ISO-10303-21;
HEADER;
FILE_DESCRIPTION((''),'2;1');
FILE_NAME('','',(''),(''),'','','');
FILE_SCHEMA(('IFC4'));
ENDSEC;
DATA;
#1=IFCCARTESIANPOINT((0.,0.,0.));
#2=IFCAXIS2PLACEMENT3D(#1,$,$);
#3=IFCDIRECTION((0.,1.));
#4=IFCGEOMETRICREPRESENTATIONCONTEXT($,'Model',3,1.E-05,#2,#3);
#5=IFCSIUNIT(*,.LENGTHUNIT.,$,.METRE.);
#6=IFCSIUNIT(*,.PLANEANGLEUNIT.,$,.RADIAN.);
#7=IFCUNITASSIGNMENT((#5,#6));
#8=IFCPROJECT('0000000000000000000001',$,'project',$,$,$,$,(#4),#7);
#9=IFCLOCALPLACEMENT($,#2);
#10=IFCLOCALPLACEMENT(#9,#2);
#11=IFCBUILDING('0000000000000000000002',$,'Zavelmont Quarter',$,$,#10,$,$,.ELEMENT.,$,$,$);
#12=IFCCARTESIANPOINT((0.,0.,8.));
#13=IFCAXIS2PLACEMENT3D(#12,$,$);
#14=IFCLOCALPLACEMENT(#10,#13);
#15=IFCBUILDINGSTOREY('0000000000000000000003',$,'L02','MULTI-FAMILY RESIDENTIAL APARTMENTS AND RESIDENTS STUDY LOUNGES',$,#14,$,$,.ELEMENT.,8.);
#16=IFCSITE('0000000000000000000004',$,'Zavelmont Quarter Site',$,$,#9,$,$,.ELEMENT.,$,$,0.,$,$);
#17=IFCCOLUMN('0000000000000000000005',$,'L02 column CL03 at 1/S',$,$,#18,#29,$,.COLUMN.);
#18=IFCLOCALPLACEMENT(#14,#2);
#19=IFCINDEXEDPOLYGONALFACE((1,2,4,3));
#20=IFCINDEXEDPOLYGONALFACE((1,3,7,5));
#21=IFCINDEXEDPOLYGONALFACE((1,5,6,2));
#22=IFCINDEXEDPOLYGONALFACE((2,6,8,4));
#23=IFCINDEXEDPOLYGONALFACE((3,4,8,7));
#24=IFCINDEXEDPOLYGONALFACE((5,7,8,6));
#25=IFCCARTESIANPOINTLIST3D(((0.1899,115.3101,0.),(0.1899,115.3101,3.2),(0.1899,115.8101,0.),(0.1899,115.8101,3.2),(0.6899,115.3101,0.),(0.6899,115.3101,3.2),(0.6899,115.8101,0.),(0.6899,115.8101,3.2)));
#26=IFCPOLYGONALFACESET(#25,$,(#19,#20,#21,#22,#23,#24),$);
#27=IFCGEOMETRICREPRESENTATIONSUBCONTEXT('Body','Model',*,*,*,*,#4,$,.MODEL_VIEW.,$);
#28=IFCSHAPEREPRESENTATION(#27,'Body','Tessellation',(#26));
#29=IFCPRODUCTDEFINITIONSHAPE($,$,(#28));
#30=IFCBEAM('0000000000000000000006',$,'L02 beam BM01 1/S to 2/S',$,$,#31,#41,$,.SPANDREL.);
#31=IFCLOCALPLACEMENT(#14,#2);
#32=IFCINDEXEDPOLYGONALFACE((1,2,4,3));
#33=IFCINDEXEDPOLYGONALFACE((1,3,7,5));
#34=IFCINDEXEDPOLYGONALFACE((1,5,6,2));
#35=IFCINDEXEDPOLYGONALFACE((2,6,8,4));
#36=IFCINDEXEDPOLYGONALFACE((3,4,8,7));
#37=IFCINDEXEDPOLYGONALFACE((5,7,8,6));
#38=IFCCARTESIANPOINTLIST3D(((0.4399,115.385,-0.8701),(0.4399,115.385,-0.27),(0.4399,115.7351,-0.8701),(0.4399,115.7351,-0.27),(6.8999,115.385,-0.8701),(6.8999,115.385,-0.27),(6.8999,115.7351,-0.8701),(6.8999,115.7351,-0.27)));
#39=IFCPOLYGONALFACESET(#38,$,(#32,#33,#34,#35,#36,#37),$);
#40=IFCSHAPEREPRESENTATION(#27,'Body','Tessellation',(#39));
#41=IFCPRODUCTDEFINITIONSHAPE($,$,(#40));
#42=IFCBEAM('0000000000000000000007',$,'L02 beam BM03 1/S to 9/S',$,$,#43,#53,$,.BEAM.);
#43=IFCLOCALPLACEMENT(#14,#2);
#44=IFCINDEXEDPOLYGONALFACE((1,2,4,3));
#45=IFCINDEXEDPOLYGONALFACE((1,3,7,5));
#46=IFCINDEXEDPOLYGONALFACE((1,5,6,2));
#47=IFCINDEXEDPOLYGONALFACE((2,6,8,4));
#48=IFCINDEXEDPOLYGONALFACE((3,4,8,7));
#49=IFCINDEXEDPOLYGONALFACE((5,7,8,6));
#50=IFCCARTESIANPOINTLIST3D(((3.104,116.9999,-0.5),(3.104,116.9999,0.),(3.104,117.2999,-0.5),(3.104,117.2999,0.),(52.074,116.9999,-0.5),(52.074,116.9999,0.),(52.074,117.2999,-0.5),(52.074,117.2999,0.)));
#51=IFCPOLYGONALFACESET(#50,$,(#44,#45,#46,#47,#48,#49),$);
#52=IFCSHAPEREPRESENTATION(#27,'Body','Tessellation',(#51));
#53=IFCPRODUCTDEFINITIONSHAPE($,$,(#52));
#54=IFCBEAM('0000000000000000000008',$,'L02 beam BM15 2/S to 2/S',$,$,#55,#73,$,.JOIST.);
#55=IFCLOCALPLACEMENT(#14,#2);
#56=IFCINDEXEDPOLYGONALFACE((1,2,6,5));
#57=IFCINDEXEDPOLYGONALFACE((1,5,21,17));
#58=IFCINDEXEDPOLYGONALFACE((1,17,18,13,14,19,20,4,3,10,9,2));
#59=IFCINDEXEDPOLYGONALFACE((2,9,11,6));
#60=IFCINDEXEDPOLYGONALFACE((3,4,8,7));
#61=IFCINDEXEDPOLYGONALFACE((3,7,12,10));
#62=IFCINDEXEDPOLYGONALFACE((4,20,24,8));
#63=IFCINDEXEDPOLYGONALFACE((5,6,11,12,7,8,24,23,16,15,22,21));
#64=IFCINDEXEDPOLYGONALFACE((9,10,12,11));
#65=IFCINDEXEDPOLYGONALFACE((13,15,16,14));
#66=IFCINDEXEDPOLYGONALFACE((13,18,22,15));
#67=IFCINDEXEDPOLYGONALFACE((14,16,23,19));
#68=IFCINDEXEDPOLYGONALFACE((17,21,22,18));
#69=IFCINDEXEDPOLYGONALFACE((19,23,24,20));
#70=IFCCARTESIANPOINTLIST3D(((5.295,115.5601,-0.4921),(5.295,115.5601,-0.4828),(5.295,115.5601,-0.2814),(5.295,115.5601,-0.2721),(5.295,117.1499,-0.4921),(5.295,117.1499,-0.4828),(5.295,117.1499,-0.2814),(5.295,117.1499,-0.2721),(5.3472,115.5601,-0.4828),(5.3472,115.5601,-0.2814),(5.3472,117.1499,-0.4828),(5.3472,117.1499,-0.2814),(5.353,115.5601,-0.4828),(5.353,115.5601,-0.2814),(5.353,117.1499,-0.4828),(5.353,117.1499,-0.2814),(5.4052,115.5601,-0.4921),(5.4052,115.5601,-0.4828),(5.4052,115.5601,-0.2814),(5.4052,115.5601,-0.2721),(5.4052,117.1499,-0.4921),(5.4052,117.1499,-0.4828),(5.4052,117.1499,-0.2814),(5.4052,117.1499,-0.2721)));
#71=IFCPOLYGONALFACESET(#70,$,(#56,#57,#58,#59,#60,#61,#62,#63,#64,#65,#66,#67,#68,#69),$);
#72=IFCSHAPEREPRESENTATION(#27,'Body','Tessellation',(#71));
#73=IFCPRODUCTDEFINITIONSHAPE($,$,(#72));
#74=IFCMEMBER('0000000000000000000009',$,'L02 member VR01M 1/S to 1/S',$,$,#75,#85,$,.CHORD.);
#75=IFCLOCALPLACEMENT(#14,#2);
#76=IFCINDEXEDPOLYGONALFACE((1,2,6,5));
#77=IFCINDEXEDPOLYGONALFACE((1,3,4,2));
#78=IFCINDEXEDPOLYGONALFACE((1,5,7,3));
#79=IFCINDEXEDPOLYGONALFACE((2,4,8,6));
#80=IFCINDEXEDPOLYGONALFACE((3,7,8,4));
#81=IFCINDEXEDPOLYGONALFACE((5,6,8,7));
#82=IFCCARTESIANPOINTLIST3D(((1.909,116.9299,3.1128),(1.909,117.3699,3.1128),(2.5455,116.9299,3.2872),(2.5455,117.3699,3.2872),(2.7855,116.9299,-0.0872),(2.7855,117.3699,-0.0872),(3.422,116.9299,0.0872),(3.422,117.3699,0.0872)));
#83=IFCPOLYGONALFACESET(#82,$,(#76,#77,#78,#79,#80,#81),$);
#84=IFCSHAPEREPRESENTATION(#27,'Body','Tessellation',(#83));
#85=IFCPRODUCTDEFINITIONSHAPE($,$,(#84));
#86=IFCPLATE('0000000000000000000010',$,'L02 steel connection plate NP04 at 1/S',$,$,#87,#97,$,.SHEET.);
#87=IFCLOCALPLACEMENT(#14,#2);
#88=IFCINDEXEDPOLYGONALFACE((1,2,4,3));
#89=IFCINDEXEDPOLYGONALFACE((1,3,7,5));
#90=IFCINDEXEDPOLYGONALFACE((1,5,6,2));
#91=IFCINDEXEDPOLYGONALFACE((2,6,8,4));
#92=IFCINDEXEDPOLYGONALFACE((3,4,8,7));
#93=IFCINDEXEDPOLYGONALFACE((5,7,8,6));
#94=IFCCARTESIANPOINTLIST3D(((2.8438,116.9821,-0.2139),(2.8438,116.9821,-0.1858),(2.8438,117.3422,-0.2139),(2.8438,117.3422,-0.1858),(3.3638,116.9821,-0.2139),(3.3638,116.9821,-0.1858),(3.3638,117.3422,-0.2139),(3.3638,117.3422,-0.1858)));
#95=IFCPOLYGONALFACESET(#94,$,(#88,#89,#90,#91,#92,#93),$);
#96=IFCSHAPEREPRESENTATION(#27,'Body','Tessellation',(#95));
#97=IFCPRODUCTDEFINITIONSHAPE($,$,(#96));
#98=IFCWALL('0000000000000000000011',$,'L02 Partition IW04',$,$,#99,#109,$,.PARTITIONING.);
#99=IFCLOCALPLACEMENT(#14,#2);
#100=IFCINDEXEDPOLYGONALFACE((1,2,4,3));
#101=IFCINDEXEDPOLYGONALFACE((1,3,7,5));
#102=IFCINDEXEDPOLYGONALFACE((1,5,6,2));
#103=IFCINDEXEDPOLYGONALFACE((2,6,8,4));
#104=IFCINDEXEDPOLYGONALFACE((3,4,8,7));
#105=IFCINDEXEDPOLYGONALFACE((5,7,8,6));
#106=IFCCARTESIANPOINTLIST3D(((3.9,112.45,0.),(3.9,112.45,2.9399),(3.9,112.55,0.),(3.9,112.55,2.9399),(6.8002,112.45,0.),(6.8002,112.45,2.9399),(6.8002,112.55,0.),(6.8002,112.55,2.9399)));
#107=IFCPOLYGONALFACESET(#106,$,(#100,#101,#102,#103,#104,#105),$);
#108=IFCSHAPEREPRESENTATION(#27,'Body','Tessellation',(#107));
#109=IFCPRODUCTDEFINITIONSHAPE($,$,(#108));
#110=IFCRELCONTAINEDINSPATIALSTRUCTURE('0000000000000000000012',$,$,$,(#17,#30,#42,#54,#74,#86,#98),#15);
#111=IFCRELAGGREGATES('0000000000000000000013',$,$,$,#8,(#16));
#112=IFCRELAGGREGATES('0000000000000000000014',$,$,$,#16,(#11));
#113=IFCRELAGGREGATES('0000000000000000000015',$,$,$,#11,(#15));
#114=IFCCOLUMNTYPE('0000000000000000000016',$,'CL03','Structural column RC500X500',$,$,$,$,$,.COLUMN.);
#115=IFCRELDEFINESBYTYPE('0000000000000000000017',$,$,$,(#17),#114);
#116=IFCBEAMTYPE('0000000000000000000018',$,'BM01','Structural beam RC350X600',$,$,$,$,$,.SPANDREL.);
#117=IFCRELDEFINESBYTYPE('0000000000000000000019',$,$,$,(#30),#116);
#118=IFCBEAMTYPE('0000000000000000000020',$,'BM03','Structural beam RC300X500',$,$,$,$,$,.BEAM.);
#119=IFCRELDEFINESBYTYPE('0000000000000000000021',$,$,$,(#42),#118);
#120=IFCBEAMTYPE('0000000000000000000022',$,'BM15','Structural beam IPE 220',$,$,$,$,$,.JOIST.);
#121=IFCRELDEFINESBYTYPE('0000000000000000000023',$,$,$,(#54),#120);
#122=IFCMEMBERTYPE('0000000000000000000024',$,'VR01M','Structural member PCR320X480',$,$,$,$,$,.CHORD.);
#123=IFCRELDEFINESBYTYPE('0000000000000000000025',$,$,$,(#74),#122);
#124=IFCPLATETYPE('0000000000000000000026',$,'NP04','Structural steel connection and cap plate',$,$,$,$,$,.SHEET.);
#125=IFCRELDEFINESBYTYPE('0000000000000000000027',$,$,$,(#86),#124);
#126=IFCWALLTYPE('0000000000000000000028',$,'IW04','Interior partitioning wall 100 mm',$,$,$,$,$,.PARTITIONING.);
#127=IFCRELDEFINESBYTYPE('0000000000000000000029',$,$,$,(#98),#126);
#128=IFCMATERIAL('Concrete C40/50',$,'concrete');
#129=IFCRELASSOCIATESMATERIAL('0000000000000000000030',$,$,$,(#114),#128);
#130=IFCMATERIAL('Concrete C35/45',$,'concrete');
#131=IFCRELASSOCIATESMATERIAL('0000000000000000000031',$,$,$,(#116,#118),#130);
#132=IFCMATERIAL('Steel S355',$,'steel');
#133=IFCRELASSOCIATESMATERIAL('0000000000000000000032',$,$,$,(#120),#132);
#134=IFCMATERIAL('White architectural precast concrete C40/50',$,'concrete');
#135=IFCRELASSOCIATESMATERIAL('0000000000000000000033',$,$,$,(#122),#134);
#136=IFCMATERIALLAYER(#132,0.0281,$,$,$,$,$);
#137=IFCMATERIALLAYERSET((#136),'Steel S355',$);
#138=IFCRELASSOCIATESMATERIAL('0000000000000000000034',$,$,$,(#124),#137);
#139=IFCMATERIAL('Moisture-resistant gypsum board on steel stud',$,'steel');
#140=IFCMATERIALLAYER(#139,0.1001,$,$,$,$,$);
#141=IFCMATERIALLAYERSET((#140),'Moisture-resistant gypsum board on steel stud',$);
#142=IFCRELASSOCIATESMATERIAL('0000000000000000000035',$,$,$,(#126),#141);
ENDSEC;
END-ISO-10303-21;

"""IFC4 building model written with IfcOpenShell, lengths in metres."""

from ifc_helpers import new_model, si_unit, direction, frame, frame_2d, origin, origin_2d, place, context, subcontext, project, spatial, rectangle, i_section, extrude, material, layer, layer_set, material_profile, profile_set, type_object, element, save


model = new_model("IFC4")

# Units and contexts
model_context = context("Model", 3, precision=1e-05, world=origin(), true_north=direction((0.0, 1.0)))
body_context = subcontext(model_context, "Body", "Model", "MODEL_VIEW")
ifc_project = project(units=[si_unit("LENGTHUNIT", "METRE"), si_unit("PLANEANGLEUNIT", "RADIAN")], contexts=[model_context])

# Site, building, storey
site_placement = place(None, origin())
site = spatial("IfcSite", under=ifc_project, at=site_placement, Name="Zavelmont Quarter Site", CompositionType="ELEMENT", RefElevation=0.0)
building_placement = place(site_placement, origin())
building = spatial("IfcBuilding", under=site, at=building_placement, Name="Zavelmont Quarter", CompositionType="ELEMENT")
storey_placement = place(building_placement, frame((0.0, 0.0, 8.0)))
storey = spatial("IfcBuildingStorey", under=building, at=storey_placement, Name="L02", Description="MULTI-FAMILY RESIDENTIAL APARTMENTS AND RESIDENTS STUDY LOUNGES", CompositionType="ELEMENT", Elevation=8.0)

# Column
ifc_material_1 = material(Name="Concrete C40/50", Category="concrete")
ifc_material_profile_1 = material_profile(ifc_material_1, rectangle(XDim=0.5, YDim=0.5, at=origin_2d()), Name="RC500X500")
ifc_profile_set_1 = profile_set([ifc_material_profile_1], Name="Concrete C40/50")
column_type = type_object("IfcColumnType", Name="CL03", Description="Structural column RC500X500", PredefinedType="COLUMN", material=ifc_profile_set_1)
column_placement = place(storey_placement, frame((0.4399, 115.5601, 0.0), z_axis=(0.0, 0.0, 1.0), x_axis=(1.0, 0.0, 0.0)))
element("IfcColumn", 1, at=column_placement, inside=storey, type_object=column_type, Name="L02 column CL03 at 1/S", PredefinedType="COLUMN", context=body_context, shape_type="SweptSolid", body=[
    extrude(rectangle(XDim=0.5, YDim=0.5, at=origin_2d()), origin(), (0.0, 0.0, 1.0), 3.2),
])

# Beams
ifc_material_2 = material(Name="Concrete C35/45", Category="concrete")
ifc_material_profile_2 = material_profile(ifc_material_2, rectangle(XDim=0.3501, YDim=0.6001, at=origin_2d()), Name="RC350X600")
ifc_profile_set_2 = profile_set([ifc_material_profile_2], Name="Concrete C35/45")
beam_type_1 = type_object("IfcBeamType", Name="BM01", Description="Structural beam RC350X600", PredefinedType="SPANDREL", material=ifc_profile_set_2)
beam_1_placement = place(storey_placement, frame((0.4399, 115.5601, -0.5701), z_axis=(1.0, 0.0, 0.0), x_axis=(0.0, 1.0, 0.0)))
element("IfcBeam", 2, at=beam_1_placement, inside=storey, type_object=beam_type_1, Name="L02 beam BM01 1/S to 2/S", PredefinedType="SPANDREL", context=body_context, shape_type="SweptSolid", body=[
    extrude(rectangle(XDim=0.3501, YDim=0.6001, at=origin_2d()), origin(), (0.0, 0.0, 1.0), 6.46),
])
ifc_material_profile_3 = material_profile(ifc_material_2, rectangle(XDim=0.3, YDim=0.5, at=origin_2d()), Name="RC300X500")
ifc_profile_set_3 = profile_set([ifc_material_profile_3], Name="Concrete C35/45")
beam_type_2 = type_object("IfcBeamType", Name="BM03", Description="Structural beam RC300X500", PredefinedType="BEAM", material=ifc_profile_set_3)
beam_2_placement = place(storey_placement, frame((3.104, 117.1499, -0.25), z_axis=(1.0, 0.0, 0.0), x_axis=(0.0, 1.0, 0.0)))
element("IfcBeam", 3, at=beam_2_placement, inside=storey, type_object=beam_type_2, Name="L02 beam BM03 1/S to 9/S", PredefinedType="BEAM", context=body_context, shape_type="SweptSolid", body=[
    extrude(rectangle(XDim=0.3, YDim=0.5, at=origin_2d()), origin(), (0.0, 0.0, 1.0), 48.97),
])
ifc_material_3 = material(Name="Steel S355", Category="steel")
ifc_material_profile_4 = material_profile(ifc_material_3, i_section(OverallWidth=0.1101, OverallDepth=0.22, WebThickness=0.0059, FlangeThickness=0.0093, at=origin_2d()), Name="IPE 220")
ifc_profile_set_4 = profile_set([ifc_material_profile_4], Name="Steel S355")
beam_type_3 = type_object("IfcBeamType", Name="BM15", Description="Structural beam IPE 220", PredefinedType="JOIST", material=ifc_profile_set_4)
beam_3_placement = place(storey_placement, frame((5.3501, 115.5601, -0.3821), z_axis=(0.0, 1.0, 0.0), x_axis=(-1.0, 0.0, 0.0)))
element("IfcBeam", 4, at=beam_3_placement, inside=storey, type_object=beam_type_3, Name="L02 beam BM15 2/S to 2/S", PredefinedType="JOIST", context=body_context, shape_type="SweptSolid", body=[
    extrude(i_section(OverallWidth=0.1101, OverallDepth=0.22, WebThickness=0.0059, FlangeThickness=0.0093, at=origin_2d()), origin(), (0.0, 0.0, 1.0), 1.5898),
])

# Member
ifc_material_4 = material(Name="White architectural precast concrete C40/50", Category="concrete")
ifc_material_profile_5 = material_profile(ifc_material_4, rectangle(XDim=0.4399, YDim=0.6599, at=origin_2d()), Name="PCR320X480")
ifc_profile_set_5 = profile_set([ifc_material_profile_5], Name="White architectural precast concrete C40/50")
member_type = type_object("IfcMemberType", Name="VR01M", Description="Structural member PCR320X480", PredefinedType="CHORD", material=ifc_profile_set_5)
member_placement = place(storey_placement, frame((3.1038, 117.1499, 0.0), z_axis=(-0.26417, 0.0, 0.964476), x_axis=(0.0, -1.0, 0.0)))
element("IfcMember", 5, at=member_placement, inside=storey, type_object=member_type, Name="L02 member VR01M 1/S to 1/S", PredefinedType="CHORD", context=body_context, shape_type="SweptSolid", body=[
    extrude(rectangle(XDim=0.4399, YDim=0.6599, at=origin_2d()), origin(), (0.0, 0.0, 1.0), 3.3179),
])

# Plate
ifc_layer_1 = layer(ifc_material_3, 0.0281)
ifc_layer_set_1 = layer_set([ifc_layer_1], Name="Steel S355")
plate_type = type_object("IfcPlateType", Name="NP04", Description="Structural steel connection and cap plate", PredefinedType="SHEET", material=ifc_layer_set_1)
plate_placement = place(storey_placement, frame((3.1038, 117.1621, -0.2139), z_axis=(0.0, 0.0, 1.0), x_axis=(1.0, 0.0, 0.0)))
element("IfcPlate", 6, at=plate_placement, inside=storey, type_object=plate_type, Name="L02 steel connection plate NP04 at 1/S", PredefinedType="SHEET", context=body_context, shape_type="SweptSolid", body=[
    extrude(rectangle(XDim=0.52, YDim=0.3601, at=origin_2d()), origin(), (0.0, 0.0, 1.0), 0.0281),
])

# Wall
ifc_material_5 = material(Name="Moisture-resistant gypsum board on steel stud", Category="steel")
ifc_layer_2 = layer(ifc_material_5, 0.1001)
ifc_layer_set_2 = layer_set([ifc_layer_2], Name="Moisture-resistant gypsum board on steel stud")
wall_type_1 = type_object("IfcWallType", Name="IW04", Description="Interior partitioning wall 100 mm", PredefinedType="PARTITIONING", material=ifc_layer_set_2)
wall_1_placement = place(storey_placement, frame((3.8999, 112.5, 0.0), z_axis=(0.0, 0.0, 1.0), x_axis=(1.0, 0.0, 0.0)))
element("IfcWall", 7, at=wall_1_placement, inside=storey, type_object=wall_type_1, Name="L02 Partition IW04", PredefinedType="PARTITIONING", context=body_context, shape_type="SweptSolid", body=[
    extrude(rectangle(XDim=2.9001, YDim=0.1001, at=frame_2d((1.4502, 0.0))), origin(), (0.0, 0.0, 1.0), 2.9399),
])

save(model, "model.ifc")
